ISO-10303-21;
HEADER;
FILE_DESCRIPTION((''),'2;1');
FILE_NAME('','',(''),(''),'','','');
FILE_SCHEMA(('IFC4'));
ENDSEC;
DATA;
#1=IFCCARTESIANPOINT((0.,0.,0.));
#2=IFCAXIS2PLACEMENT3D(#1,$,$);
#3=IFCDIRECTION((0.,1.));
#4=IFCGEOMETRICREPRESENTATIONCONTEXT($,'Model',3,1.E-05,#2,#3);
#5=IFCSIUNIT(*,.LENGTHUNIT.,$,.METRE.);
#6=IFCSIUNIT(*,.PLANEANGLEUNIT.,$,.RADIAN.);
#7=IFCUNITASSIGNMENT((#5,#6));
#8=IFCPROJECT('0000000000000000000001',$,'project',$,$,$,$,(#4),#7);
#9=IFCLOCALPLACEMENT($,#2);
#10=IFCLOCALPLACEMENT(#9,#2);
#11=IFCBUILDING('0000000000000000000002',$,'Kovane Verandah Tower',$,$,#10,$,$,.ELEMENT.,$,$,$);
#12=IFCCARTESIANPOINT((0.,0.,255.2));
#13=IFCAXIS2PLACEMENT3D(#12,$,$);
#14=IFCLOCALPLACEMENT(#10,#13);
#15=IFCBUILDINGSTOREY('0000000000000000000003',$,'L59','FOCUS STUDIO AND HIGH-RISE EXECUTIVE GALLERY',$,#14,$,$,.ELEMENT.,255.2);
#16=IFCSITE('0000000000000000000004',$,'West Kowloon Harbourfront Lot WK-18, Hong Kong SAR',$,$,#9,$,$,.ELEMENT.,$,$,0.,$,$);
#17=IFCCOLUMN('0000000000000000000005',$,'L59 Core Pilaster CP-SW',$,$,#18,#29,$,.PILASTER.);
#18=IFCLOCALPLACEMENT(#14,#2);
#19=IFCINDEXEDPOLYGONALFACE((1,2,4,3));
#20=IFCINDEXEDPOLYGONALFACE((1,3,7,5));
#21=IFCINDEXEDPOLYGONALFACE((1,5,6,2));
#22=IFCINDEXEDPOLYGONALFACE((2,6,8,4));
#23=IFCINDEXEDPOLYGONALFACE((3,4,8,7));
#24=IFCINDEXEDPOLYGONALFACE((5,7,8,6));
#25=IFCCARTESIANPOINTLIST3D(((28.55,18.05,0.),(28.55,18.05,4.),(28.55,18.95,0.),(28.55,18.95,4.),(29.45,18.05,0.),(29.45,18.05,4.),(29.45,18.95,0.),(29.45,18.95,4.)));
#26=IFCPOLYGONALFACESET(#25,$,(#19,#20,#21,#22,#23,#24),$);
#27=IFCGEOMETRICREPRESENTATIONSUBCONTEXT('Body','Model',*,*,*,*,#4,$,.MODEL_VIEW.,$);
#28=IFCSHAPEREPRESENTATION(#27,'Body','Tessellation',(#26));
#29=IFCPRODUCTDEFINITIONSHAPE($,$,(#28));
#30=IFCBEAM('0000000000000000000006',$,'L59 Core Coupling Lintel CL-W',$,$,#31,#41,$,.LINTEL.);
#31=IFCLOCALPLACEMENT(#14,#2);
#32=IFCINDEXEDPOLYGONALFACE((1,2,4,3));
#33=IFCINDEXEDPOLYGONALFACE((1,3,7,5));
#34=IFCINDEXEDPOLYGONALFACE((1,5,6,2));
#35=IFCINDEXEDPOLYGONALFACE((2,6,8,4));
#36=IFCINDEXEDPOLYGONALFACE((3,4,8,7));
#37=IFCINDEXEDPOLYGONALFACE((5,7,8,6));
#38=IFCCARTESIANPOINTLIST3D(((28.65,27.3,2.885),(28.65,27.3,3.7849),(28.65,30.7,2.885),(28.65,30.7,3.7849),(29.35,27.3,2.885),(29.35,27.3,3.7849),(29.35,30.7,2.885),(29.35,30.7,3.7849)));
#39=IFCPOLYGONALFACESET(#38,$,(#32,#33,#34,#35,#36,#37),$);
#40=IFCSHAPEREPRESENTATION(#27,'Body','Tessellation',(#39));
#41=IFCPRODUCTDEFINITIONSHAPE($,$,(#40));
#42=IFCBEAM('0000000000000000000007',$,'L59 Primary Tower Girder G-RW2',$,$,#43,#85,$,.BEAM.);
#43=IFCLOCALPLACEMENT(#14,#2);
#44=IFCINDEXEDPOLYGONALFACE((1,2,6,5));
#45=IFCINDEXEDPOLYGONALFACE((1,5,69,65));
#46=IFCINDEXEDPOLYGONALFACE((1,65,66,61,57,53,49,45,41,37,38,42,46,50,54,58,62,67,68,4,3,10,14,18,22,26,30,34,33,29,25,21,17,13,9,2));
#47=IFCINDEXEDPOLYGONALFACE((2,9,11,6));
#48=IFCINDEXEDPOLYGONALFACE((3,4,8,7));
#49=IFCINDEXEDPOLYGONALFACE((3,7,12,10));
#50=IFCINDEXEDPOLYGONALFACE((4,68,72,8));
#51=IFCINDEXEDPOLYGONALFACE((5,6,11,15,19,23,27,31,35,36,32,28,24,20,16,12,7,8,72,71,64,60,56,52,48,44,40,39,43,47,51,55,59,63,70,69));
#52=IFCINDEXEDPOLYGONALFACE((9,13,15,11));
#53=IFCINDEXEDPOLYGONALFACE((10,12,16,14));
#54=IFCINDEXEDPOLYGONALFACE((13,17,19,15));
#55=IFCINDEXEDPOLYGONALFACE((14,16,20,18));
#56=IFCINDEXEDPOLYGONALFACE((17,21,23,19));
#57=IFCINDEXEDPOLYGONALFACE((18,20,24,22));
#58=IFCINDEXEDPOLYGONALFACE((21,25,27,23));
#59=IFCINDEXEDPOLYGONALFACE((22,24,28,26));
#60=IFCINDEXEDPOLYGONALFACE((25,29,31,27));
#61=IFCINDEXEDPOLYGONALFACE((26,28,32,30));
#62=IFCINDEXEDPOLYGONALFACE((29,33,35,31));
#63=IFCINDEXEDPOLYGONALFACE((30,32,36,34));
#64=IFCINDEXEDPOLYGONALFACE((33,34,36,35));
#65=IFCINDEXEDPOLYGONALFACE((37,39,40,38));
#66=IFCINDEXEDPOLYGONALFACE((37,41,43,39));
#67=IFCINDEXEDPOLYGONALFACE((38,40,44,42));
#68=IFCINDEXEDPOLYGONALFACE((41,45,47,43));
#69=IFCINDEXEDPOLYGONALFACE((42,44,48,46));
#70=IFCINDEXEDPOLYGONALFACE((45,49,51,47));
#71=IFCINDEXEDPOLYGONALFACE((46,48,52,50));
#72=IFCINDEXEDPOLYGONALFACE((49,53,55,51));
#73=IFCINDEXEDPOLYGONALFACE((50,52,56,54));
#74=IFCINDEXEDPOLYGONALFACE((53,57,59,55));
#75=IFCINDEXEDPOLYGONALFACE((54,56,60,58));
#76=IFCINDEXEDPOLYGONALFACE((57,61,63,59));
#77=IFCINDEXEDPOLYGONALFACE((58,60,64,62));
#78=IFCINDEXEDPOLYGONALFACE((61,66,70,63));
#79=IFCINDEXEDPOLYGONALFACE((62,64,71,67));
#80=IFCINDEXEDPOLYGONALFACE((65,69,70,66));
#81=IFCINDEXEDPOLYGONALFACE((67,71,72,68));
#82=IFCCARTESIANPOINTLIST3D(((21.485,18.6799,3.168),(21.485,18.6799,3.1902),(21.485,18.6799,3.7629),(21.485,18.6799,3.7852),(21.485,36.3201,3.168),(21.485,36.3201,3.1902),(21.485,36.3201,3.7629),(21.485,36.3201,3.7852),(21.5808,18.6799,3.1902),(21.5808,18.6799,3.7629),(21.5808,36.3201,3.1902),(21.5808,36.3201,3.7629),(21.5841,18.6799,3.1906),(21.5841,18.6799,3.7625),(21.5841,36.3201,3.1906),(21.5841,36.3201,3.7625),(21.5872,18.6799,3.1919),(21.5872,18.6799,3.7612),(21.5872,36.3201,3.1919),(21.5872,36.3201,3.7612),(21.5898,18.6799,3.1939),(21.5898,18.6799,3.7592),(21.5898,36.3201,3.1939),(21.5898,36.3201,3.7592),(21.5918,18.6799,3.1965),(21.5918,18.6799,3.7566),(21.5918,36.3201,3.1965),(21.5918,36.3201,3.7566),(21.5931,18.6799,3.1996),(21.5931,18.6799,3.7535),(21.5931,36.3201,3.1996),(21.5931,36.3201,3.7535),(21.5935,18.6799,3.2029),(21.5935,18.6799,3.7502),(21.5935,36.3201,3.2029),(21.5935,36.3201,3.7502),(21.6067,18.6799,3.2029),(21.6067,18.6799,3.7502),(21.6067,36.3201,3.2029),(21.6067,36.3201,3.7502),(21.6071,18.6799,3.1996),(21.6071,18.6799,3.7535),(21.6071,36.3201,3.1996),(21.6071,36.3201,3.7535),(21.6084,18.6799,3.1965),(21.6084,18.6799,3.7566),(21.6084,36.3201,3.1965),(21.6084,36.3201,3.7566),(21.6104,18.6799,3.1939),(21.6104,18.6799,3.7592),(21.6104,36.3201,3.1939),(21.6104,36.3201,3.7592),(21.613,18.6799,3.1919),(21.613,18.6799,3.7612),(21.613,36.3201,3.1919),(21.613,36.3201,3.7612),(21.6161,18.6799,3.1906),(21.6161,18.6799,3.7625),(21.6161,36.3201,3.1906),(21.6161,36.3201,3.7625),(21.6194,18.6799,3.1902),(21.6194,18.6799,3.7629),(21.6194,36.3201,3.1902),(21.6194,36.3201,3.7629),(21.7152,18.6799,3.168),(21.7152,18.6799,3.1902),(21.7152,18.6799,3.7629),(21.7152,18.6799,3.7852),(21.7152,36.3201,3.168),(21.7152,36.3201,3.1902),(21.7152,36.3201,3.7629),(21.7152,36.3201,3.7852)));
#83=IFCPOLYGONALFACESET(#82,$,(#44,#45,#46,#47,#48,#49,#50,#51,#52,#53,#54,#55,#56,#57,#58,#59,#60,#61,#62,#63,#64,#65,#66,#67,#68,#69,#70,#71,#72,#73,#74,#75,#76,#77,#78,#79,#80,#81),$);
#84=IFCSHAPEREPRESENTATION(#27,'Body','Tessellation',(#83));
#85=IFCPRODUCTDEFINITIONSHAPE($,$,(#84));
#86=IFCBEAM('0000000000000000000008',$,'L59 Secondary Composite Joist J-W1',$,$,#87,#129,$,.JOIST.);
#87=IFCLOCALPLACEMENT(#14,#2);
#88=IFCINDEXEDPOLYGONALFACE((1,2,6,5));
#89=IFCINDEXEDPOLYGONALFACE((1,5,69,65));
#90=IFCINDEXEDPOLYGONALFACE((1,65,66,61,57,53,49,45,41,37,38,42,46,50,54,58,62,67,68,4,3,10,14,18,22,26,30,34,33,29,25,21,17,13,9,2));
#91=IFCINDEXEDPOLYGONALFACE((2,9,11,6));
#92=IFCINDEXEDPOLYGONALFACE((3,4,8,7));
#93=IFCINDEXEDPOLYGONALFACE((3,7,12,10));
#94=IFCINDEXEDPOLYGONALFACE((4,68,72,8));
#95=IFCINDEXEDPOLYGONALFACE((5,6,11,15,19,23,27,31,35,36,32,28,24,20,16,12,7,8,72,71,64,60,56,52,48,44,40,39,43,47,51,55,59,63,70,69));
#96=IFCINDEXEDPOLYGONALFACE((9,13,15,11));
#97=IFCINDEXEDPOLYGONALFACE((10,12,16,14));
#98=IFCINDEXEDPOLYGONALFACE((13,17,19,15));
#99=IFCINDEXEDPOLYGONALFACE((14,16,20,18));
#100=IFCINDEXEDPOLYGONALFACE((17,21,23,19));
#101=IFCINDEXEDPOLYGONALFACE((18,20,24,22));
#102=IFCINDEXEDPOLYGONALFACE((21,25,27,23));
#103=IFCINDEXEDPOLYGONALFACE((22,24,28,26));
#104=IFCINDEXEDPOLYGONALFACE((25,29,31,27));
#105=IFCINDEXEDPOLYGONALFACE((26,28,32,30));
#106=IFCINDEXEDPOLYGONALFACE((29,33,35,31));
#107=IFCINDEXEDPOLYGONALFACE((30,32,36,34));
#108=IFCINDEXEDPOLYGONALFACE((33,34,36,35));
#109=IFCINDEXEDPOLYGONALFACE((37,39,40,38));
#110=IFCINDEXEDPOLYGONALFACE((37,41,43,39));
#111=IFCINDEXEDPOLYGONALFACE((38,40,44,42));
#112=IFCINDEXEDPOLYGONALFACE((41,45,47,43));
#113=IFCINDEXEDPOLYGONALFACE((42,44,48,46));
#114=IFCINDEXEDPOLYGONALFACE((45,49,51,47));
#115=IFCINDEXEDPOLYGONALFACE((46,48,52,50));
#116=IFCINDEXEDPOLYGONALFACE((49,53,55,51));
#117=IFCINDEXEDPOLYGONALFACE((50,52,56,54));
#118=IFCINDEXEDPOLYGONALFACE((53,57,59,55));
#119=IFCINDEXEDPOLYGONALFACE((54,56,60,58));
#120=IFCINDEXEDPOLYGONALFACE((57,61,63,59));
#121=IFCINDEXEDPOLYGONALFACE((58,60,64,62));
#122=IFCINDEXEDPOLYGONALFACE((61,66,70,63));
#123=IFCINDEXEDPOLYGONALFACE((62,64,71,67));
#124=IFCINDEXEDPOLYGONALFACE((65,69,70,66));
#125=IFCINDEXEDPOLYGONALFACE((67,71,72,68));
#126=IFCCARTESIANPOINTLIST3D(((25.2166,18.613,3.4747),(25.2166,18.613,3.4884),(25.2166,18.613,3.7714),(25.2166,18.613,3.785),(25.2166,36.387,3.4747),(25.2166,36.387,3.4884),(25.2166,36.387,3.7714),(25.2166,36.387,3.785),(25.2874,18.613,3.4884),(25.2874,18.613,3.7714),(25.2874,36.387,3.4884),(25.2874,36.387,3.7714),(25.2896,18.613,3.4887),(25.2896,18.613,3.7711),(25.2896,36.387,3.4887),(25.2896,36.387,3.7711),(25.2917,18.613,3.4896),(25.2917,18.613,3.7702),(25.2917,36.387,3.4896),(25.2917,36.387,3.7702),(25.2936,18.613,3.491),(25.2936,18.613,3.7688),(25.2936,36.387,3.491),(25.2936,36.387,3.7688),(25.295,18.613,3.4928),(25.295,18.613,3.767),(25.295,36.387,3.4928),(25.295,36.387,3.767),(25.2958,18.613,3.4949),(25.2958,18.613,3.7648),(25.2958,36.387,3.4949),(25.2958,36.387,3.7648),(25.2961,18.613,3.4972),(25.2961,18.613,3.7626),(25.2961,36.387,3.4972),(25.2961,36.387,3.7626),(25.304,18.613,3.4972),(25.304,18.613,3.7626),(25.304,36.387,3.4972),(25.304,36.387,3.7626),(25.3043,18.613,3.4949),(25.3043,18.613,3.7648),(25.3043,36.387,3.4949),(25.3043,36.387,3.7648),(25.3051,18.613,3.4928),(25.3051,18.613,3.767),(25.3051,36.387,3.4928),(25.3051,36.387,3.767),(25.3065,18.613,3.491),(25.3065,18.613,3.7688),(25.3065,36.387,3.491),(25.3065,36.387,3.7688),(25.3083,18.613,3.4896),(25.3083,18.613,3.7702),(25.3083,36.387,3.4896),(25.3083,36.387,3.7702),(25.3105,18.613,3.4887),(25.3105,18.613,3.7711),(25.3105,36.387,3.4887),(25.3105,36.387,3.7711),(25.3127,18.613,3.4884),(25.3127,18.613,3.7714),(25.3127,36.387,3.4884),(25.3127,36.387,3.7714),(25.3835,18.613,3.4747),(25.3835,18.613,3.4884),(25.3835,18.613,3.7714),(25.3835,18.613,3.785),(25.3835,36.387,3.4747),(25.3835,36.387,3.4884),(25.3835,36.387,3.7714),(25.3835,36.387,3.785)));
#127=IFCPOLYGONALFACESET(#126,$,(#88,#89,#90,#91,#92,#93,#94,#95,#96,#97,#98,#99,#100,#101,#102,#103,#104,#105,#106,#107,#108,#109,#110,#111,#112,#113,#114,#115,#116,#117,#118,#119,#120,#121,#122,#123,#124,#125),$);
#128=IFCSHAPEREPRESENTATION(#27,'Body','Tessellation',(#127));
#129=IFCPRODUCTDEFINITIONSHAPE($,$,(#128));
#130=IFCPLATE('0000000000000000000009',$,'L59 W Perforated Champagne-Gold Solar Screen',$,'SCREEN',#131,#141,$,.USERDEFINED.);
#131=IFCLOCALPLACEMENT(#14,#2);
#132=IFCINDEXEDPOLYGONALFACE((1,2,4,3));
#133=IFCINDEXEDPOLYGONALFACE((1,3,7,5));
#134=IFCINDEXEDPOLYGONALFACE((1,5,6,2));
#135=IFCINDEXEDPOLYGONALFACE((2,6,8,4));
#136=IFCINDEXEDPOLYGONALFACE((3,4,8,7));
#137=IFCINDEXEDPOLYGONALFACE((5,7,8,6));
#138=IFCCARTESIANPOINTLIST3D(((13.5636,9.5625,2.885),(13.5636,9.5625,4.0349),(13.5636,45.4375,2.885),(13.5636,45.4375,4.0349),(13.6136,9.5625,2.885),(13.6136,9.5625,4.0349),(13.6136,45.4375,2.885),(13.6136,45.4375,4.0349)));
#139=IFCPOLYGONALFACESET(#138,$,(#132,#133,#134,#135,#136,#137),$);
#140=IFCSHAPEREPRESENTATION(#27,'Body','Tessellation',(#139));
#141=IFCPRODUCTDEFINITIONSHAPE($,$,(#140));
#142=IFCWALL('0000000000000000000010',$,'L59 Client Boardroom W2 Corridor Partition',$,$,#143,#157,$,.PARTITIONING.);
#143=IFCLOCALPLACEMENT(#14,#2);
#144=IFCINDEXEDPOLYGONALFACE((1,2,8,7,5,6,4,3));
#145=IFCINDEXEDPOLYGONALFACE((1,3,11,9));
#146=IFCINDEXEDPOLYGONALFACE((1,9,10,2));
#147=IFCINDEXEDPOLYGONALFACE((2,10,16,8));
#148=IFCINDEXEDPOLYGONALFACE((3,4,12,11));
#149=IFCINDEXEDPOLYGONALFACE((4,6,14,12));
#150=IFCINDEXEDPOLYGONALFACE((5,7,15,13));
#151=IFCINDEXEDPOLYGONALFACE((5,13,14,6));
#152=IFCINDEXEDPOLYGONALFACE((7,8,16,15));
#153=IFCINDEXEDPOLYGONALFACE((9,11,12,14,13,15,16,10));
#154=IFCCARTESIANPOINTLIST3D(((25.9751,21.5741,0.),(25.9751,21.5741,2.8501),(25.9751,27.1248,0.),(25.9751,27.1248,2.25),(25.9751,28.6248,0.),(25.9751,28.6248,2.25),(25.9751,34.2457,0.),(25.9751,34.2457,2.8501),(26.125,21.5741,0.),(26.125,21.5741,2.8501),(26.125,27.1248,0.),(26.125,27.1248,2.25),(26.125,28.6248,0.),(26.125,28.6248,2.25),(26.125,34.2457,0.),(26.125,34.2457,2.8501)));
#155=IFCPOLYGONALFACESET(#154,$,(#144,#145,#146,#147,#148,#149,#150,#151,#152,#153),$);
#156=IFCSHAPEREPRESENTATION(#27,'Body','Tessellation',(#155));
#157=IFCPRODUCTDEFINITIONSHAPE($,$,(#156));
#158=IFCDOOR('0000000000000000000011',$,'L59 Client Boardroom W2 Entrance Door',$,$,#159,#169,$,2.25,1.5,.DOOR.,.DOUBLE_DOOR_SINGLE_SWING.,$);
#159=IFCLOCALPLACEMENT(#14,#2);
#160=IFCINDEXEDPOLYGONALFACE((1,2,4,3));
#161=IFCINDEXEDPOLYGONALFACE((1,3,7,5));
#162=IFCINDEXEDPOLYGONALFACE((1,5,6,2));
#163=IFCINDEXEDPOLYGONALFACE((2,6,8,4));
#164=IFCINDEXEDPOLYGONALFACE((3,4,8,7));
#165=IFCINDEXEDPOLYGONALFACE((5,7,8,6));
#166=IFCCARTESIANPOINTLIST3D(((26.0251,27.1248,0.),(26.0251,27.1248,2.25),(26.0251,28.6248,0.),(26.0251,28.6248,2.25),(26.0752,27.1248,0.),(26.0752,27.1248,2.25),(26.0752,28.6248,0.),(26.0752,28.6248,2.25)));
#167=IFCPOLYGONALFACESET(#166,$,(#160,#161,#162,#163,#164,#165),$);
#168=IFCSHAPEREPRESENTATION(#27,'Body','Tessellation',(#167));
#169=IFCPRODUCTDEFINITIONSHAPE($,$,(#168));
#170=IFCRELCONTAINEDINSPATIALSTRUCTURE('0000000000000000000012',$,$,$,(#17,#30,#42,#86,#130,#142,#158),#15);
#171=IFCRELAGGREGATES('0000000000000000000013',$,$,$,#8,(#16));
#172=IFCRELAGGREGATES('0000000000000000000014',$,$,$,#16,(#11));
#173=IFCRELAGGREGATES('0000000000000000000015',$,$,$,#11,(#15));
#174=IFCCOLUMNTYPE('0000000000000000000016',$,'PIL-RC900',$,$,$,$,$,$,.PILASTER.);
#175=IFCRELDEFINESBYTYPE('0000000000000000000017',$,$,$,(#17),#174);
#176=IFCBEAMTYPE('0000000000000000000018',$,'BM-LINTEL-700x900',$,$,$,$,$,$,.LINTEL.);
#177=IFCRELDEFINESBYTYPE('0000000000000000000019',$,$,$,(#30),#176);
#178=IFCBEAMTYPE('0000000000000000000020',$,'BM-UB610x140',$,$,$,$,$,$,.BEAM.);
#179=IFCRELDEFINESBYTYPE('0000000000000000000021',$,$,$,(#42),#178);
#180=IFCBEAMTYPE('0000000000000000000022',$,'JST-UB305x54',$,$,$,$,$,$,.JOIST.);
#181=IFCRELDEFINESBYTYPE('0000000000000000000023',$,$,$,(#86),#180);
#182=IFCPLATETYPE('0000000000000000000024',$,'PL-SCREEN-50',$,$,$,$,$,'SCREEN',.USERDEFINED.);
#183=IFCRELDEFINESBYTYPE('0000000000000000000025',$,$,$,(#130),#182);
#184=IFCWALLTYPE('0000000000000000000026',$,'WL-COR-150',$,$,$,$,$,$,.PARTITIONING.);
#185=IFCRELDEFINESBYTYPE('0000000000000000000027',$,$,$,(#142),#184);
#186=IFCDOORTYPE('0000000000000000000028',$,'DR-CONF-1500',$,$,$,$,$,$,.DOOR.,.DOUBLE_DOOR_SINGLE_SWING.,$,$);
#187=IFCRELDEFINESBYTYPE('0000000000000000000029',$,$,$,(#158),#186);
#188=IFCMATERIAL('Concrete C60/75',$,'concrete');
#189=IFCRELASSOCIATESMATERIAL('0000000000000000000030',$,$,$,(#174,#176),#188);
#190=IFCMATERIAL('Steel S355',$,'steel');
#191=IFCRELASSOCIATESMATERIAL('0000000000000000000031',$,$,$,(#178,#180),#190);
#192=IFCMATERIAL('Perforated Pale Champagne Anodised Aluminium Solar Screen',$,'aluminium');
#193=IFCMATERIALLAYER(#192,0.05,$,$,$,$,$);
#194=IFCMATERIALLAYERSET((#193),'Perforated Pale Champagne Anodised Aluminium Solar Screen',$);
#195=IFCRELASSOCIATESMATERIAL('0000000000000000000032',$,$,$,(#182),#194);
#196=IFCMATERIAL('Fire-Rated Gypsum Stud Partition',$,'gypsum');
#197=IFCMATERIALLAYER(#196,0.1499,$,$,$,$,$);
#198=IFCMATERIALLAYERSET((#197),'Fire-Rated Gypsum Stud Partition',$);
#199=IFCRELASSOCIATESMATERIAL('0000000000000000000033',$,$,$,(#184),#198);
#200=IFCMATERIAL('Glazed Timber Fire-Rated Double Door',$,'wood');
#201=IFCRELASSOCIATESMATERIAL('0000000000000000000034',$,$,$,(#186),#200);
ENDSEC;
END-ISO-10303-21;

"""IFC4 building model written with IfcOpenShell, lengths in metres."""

from ifc_helpers import new_model, si_unit, direction, frame, frame_2d, origin, origin_2d, place, context, subcontext, project, spatial, rectangle, i_section, extrude, material, layer, layer_set, material_profile, profile_set, type_object, element, fill, save


model = new_model("IFC4")

# Units and contexts
model_context = context("Model", 3, precision=1e-05, world=origin(), true_north=direction((0.0, 1.0)))
body_context = subcontext(model_context, "Body", "Model", "MODEL_VIEW")
ifc_project = project(units=[si_unit("LENGTHUNIT", "METRE"), si_unit("PLANEANGLEUNIT", "RADIAN")], contexts=[model_context])

# Site, building, storey
site_placement = place(None, origin())
site = spatial("IfcSite", under=ifc_project, at=site_placement, Name="West Kowloon Harbourfront Lot WK-18, Hong Kong SAR", CompositionType="ELEMENT", RefElevation=0.0)
building_placement = place(site_placement, origin())
building = spatial("IfcBuilding", under=site, at=building_placement, Name="Kovane Verandah Tower", CompositionType="ELEMENT")
storey_placement = place(building_placement, frame((0.0, 0.0, 255.2)))
storey = spatial("IfcBuildingStorey", under=building, at=storey_placement, Name="L59", Description="FOCUS STUDIO AND HIGH-RISE EXECUTIVE GALLERY", CompositionType="ELEMENT", Elevation=255.2)

# Column
ifc_material_1 = material(Name="Concrete C60/75", Category="concrete")
ifc_material_profile_1 = material_profile(ifc_material_1, rectangle(XDim=0.8999, YDim=0.8999, at=origin_2d()), Name="RC900x900")
ifc_profile_set_1 = profile_set([ifc_material_profile_1], Name="Concrete C60/75")
column_type = type_object("IfcColumnType", Name="PIL-RC900", PredefinedType="PILASTER", material=ifc_profile_set_1)
column_placement = place(storey_placement, frame((29.0, 18.5, 0.0), z_axis=(0.0, 0.0, 1.0), x_axis=(1.0, 0.0, 0.0)))
element("IfcColumn", 1, at=column_placement, inside=storey, type_object=column_type, Name="L59 Core Pilaster CP-SW", PredefinedType="PILASTER", context=body_context, shape_type="SweptSolid", body=[
    extrude(rectangle(XDim=0.8999, YDim=0.8999, at=origin_2d()), origin(), (0.0, 0.0, 1.0), 4.0),
])

# Beams
ifc_material_profile_2 = material_profile(ifc_material_1, rectangle(XDim=0.7, YDim=0.8999, at=origin_2d()), Name="RCB700x900")
ifc_profile_set_2 = profile_set([ifc_material_profile_2], Name="Concrete C60/75")
beam_type_1 = type_object("IfcBeamType", Name="BM-LINTEL-700x900", PredefinedType="LINTEL", material=ifc_profile_set_2)
beam_1_placement = place(storey_placement, frame((29.0, 27.3, 3.335), z_axis=(0.0, 1.0, 0.0), x_axis=(-1.0, 0.0, 0.0)))
element("IfcBeam", 2, at=beam_1_placement, inside=storey, type_object=beam_type_1, Name="L59 Core Coupling Lintel CL-W", PredefinedType="LINTEL", context=body_context, shape_type="SweptSolid", body=[
    extrude(rectangle(XDim=0.7, YDim=0.8999, at=origin_2d()), origin(), (0.0, 0.0, 1.0), 3.3999),
])
ifc_material_2 = material(Name="Steel S355", Category="steel")
ifc_material_profile_3 = material_profile(ifc_material_2, i_section(OverallWidth=0.2302, OverallDepth=0.6172, WebThickness=0.0132, FlangeThickness=0.0222, FilletRadius=0.0127, at=origin_2d()), Name="UB610x229x140")
ifc_profile_set_3 = profile_set([ifc_material_profile_3], Name="Steel S355")
beam_type_2 = type_object("IfcBeamType", Name="BM-UB610x140", PredefinedType="BEAM", material=ifc_profile_set_3)
beam_2_placement = place(storey_placement, frame((21.6001, 18.6799, 3.4766), z_axis=(0.0, 1.0, 0.0), x_axis=(-1.0, 0.0, 0.0)))
element("IfcBeam", 3, at=beam_2_placement, inside=storey, type_object=beam_type_2, Name="L59 Primary Tower Girder G-RW2", PredefinedType="BEAM", context=body_context, shape_type="SweptSolid", body=[
    extrude(i_section(OverallWidth=0.2302, OverallDepth=0.6172, WebThickness=0.0132, FlangeThickness=0.0222, FilletRadius=0.0127, at=origin_2d()), origin(), (0.0, 0.0, 1.0), 17.6401),
])
ifc_material_profile_4 = material_profile(ifc_material_2, i_section(OverallWidth=0.167, OverallDepth=0.3103, WebThickness=0.0078, FlangeThickness=0.0137, FilletRadius=0.0088, at=origin_2d()), Name="UB305x165x54")
ifc_profile_set_4 = profile_set([ifc_material_profile_4], Name="Steel S355")
beam_type_3 = type_object("IfcBeamType", Name="JST-UB305x54", PredefinedType="JOIST", material=ifc_profile_set_4)
beam_3_placement = place(storey_placement, frame((25.3, 18.613, 3.6299), z_axis=(0.0, 1.0, 0.0), x_axis=(-1.0, 0.0, 0.0)))
element("IfcBeam", 4, at=beam_3_placement, inside=storey, type_object=beam_type_3, Name="L59 Secondary Composite Joist J-W1", PredefinedType="JOIST", context=body_context, shape_type="SweptSolid", body=[
    extrude(i_section(OverallWidth=0.167, OverallDepth=0.3103, WebThickness=0.0078, FlangeThickness=0.0137, FilletRadius=0.0088, at=origin_2d()), origin(), (0.0, 0.0, 1.0), 17.7739),
])

# Plate
ifc_material_3 = material(Name="Perforated Pale Champagne Anodised Aluminium Solar Screen", Category="aluminium")
ifc_layer_1 = layer(ifc_material_3, 0.05)
ifc_layer_set_1 = layer_set([ifc_layer_1], Name="Perforated Pale Champagne Anodised Aluminium Solar Screen")
plate_type = type_object("IfcPlateType", Name="PL-SCREEN-50", ElementType="SCREEN", PredefinedType="USERDEFINED", material=ifc_layer_set_1)
plate_placement = place(storey_placement, frame((13.5886, 27.5, 2.885), z_axis=(0.0, 0.0, 1.0), x_axis=(0.0, -1.0, 0.0)))
element("IfcPlate", 5, at=plate_placement, inside=storey, type_object=plate_type, Name="L59 W Perforated Champagne-Gold Solar Screen", ObjectType="SCREEN", PredefinedType="USERDEFINED", context=body_context, shape_type="SweptSolid", body=[
    extrude(rectangle(XDim=35.875, YDim=0.05, at=origin_2d()), origin(), (0.0, 0.0, 1.0), 1.1499),
])

# Wall, opening, door
ifc_material_4 = material(Name="Fire-Rated Gypsum Stud Partition", Category="gypsum")
ifc_layer_2 = layer(ifc_material_4, 0.1499)
ifc_layer_set_2 = layer_set([ifc_layer_2], Name="Fire-Rated Gypsum Stud Partition")
wall_type_1 = type_object("IfcWallType", Name="WL-COR-150", PredefinedType="PARTITIONING", material=ifc_layer_set_2)
wall_1_placement = place(storey_placement, frame((26.05, 21.574, 0.0), z_axis=(0.0, 0.0, 1.0), x_axis=(0.0, 1.0, 0.0)))
wall_1 = element("IfcWall", 6, at=wall_1_placement, inside=storey, type_object=wall_type_1, Name="L59 Client Boardroom W2 Corridor Partition", PredefinedType="PARTITIONING", context=body_context, shape_type="SweptSolid", body=[
    extrude(rectangle(XDim=12.6716, YDim=0.1499, at=frame_2d((6.3359, 0.0))), origin(), (0.0, 0.0, 1.0), 2.8501),
])
opening_1_placement = place(wall_1_placement, frame((5.5508, 0.0, 0.0)))
opening_1 = element("IfcOpeningElement", 7, at=opening_1_placement, cuts=wall_1, PredefinedType="OPENING", context=body_context, shape_type="SweptSolid", body=[
    extrude(rectangle(XDim=1.5, YDim=2.25, at=frame_2d((0.75, 1.125))), frame((0.0, 0.075, 0.0), z_axis=(0.0, -1.0, 0.0), x_axis=(1.0, 0.0, 0.0)), (0.0, 0.0, 1.0), 0.1499),
])
ifc_material_5 = material(Name="Glazed Timber Fire-Rated Double Door", Category="wood")
door_type_1 = type_object("IfcDoorType", Name="DR-CONF-1500", OperationType="DOUBLE_DOOR_SINGLE_SWING", PredefinedType="DOOR", material=ifc_material_5)
door_1_placement = place(opening_1_placement, origin())
door_1 = element("IfcDoor", 8, at=door_1_placement, inside=storey, type_object=door_type_1, Name="L59 Client Boardroom W2 Entrance Door", OperationType="DOUBLE_DOOR_SINGLE_SWING", OverallHeight=2.25, OverallWidth=1.5, PredefinedType="DOOR", context=body_context, shape_type="SweptSolid", body=[
    extrude(rectangle(XDim=1.5, YDim=2.25, at=frame_2d((0.75, 1.125))), frame((0.0, 0.0249, 0.0), z_axis=(0.0, -1.0, 0.0), x_axis=(1.0, 0.0, 0.0)), (0.0, 0.0, 1.0), 0.05),
])
fill(opening_1, door_1)

save(model, "model.ifc")
